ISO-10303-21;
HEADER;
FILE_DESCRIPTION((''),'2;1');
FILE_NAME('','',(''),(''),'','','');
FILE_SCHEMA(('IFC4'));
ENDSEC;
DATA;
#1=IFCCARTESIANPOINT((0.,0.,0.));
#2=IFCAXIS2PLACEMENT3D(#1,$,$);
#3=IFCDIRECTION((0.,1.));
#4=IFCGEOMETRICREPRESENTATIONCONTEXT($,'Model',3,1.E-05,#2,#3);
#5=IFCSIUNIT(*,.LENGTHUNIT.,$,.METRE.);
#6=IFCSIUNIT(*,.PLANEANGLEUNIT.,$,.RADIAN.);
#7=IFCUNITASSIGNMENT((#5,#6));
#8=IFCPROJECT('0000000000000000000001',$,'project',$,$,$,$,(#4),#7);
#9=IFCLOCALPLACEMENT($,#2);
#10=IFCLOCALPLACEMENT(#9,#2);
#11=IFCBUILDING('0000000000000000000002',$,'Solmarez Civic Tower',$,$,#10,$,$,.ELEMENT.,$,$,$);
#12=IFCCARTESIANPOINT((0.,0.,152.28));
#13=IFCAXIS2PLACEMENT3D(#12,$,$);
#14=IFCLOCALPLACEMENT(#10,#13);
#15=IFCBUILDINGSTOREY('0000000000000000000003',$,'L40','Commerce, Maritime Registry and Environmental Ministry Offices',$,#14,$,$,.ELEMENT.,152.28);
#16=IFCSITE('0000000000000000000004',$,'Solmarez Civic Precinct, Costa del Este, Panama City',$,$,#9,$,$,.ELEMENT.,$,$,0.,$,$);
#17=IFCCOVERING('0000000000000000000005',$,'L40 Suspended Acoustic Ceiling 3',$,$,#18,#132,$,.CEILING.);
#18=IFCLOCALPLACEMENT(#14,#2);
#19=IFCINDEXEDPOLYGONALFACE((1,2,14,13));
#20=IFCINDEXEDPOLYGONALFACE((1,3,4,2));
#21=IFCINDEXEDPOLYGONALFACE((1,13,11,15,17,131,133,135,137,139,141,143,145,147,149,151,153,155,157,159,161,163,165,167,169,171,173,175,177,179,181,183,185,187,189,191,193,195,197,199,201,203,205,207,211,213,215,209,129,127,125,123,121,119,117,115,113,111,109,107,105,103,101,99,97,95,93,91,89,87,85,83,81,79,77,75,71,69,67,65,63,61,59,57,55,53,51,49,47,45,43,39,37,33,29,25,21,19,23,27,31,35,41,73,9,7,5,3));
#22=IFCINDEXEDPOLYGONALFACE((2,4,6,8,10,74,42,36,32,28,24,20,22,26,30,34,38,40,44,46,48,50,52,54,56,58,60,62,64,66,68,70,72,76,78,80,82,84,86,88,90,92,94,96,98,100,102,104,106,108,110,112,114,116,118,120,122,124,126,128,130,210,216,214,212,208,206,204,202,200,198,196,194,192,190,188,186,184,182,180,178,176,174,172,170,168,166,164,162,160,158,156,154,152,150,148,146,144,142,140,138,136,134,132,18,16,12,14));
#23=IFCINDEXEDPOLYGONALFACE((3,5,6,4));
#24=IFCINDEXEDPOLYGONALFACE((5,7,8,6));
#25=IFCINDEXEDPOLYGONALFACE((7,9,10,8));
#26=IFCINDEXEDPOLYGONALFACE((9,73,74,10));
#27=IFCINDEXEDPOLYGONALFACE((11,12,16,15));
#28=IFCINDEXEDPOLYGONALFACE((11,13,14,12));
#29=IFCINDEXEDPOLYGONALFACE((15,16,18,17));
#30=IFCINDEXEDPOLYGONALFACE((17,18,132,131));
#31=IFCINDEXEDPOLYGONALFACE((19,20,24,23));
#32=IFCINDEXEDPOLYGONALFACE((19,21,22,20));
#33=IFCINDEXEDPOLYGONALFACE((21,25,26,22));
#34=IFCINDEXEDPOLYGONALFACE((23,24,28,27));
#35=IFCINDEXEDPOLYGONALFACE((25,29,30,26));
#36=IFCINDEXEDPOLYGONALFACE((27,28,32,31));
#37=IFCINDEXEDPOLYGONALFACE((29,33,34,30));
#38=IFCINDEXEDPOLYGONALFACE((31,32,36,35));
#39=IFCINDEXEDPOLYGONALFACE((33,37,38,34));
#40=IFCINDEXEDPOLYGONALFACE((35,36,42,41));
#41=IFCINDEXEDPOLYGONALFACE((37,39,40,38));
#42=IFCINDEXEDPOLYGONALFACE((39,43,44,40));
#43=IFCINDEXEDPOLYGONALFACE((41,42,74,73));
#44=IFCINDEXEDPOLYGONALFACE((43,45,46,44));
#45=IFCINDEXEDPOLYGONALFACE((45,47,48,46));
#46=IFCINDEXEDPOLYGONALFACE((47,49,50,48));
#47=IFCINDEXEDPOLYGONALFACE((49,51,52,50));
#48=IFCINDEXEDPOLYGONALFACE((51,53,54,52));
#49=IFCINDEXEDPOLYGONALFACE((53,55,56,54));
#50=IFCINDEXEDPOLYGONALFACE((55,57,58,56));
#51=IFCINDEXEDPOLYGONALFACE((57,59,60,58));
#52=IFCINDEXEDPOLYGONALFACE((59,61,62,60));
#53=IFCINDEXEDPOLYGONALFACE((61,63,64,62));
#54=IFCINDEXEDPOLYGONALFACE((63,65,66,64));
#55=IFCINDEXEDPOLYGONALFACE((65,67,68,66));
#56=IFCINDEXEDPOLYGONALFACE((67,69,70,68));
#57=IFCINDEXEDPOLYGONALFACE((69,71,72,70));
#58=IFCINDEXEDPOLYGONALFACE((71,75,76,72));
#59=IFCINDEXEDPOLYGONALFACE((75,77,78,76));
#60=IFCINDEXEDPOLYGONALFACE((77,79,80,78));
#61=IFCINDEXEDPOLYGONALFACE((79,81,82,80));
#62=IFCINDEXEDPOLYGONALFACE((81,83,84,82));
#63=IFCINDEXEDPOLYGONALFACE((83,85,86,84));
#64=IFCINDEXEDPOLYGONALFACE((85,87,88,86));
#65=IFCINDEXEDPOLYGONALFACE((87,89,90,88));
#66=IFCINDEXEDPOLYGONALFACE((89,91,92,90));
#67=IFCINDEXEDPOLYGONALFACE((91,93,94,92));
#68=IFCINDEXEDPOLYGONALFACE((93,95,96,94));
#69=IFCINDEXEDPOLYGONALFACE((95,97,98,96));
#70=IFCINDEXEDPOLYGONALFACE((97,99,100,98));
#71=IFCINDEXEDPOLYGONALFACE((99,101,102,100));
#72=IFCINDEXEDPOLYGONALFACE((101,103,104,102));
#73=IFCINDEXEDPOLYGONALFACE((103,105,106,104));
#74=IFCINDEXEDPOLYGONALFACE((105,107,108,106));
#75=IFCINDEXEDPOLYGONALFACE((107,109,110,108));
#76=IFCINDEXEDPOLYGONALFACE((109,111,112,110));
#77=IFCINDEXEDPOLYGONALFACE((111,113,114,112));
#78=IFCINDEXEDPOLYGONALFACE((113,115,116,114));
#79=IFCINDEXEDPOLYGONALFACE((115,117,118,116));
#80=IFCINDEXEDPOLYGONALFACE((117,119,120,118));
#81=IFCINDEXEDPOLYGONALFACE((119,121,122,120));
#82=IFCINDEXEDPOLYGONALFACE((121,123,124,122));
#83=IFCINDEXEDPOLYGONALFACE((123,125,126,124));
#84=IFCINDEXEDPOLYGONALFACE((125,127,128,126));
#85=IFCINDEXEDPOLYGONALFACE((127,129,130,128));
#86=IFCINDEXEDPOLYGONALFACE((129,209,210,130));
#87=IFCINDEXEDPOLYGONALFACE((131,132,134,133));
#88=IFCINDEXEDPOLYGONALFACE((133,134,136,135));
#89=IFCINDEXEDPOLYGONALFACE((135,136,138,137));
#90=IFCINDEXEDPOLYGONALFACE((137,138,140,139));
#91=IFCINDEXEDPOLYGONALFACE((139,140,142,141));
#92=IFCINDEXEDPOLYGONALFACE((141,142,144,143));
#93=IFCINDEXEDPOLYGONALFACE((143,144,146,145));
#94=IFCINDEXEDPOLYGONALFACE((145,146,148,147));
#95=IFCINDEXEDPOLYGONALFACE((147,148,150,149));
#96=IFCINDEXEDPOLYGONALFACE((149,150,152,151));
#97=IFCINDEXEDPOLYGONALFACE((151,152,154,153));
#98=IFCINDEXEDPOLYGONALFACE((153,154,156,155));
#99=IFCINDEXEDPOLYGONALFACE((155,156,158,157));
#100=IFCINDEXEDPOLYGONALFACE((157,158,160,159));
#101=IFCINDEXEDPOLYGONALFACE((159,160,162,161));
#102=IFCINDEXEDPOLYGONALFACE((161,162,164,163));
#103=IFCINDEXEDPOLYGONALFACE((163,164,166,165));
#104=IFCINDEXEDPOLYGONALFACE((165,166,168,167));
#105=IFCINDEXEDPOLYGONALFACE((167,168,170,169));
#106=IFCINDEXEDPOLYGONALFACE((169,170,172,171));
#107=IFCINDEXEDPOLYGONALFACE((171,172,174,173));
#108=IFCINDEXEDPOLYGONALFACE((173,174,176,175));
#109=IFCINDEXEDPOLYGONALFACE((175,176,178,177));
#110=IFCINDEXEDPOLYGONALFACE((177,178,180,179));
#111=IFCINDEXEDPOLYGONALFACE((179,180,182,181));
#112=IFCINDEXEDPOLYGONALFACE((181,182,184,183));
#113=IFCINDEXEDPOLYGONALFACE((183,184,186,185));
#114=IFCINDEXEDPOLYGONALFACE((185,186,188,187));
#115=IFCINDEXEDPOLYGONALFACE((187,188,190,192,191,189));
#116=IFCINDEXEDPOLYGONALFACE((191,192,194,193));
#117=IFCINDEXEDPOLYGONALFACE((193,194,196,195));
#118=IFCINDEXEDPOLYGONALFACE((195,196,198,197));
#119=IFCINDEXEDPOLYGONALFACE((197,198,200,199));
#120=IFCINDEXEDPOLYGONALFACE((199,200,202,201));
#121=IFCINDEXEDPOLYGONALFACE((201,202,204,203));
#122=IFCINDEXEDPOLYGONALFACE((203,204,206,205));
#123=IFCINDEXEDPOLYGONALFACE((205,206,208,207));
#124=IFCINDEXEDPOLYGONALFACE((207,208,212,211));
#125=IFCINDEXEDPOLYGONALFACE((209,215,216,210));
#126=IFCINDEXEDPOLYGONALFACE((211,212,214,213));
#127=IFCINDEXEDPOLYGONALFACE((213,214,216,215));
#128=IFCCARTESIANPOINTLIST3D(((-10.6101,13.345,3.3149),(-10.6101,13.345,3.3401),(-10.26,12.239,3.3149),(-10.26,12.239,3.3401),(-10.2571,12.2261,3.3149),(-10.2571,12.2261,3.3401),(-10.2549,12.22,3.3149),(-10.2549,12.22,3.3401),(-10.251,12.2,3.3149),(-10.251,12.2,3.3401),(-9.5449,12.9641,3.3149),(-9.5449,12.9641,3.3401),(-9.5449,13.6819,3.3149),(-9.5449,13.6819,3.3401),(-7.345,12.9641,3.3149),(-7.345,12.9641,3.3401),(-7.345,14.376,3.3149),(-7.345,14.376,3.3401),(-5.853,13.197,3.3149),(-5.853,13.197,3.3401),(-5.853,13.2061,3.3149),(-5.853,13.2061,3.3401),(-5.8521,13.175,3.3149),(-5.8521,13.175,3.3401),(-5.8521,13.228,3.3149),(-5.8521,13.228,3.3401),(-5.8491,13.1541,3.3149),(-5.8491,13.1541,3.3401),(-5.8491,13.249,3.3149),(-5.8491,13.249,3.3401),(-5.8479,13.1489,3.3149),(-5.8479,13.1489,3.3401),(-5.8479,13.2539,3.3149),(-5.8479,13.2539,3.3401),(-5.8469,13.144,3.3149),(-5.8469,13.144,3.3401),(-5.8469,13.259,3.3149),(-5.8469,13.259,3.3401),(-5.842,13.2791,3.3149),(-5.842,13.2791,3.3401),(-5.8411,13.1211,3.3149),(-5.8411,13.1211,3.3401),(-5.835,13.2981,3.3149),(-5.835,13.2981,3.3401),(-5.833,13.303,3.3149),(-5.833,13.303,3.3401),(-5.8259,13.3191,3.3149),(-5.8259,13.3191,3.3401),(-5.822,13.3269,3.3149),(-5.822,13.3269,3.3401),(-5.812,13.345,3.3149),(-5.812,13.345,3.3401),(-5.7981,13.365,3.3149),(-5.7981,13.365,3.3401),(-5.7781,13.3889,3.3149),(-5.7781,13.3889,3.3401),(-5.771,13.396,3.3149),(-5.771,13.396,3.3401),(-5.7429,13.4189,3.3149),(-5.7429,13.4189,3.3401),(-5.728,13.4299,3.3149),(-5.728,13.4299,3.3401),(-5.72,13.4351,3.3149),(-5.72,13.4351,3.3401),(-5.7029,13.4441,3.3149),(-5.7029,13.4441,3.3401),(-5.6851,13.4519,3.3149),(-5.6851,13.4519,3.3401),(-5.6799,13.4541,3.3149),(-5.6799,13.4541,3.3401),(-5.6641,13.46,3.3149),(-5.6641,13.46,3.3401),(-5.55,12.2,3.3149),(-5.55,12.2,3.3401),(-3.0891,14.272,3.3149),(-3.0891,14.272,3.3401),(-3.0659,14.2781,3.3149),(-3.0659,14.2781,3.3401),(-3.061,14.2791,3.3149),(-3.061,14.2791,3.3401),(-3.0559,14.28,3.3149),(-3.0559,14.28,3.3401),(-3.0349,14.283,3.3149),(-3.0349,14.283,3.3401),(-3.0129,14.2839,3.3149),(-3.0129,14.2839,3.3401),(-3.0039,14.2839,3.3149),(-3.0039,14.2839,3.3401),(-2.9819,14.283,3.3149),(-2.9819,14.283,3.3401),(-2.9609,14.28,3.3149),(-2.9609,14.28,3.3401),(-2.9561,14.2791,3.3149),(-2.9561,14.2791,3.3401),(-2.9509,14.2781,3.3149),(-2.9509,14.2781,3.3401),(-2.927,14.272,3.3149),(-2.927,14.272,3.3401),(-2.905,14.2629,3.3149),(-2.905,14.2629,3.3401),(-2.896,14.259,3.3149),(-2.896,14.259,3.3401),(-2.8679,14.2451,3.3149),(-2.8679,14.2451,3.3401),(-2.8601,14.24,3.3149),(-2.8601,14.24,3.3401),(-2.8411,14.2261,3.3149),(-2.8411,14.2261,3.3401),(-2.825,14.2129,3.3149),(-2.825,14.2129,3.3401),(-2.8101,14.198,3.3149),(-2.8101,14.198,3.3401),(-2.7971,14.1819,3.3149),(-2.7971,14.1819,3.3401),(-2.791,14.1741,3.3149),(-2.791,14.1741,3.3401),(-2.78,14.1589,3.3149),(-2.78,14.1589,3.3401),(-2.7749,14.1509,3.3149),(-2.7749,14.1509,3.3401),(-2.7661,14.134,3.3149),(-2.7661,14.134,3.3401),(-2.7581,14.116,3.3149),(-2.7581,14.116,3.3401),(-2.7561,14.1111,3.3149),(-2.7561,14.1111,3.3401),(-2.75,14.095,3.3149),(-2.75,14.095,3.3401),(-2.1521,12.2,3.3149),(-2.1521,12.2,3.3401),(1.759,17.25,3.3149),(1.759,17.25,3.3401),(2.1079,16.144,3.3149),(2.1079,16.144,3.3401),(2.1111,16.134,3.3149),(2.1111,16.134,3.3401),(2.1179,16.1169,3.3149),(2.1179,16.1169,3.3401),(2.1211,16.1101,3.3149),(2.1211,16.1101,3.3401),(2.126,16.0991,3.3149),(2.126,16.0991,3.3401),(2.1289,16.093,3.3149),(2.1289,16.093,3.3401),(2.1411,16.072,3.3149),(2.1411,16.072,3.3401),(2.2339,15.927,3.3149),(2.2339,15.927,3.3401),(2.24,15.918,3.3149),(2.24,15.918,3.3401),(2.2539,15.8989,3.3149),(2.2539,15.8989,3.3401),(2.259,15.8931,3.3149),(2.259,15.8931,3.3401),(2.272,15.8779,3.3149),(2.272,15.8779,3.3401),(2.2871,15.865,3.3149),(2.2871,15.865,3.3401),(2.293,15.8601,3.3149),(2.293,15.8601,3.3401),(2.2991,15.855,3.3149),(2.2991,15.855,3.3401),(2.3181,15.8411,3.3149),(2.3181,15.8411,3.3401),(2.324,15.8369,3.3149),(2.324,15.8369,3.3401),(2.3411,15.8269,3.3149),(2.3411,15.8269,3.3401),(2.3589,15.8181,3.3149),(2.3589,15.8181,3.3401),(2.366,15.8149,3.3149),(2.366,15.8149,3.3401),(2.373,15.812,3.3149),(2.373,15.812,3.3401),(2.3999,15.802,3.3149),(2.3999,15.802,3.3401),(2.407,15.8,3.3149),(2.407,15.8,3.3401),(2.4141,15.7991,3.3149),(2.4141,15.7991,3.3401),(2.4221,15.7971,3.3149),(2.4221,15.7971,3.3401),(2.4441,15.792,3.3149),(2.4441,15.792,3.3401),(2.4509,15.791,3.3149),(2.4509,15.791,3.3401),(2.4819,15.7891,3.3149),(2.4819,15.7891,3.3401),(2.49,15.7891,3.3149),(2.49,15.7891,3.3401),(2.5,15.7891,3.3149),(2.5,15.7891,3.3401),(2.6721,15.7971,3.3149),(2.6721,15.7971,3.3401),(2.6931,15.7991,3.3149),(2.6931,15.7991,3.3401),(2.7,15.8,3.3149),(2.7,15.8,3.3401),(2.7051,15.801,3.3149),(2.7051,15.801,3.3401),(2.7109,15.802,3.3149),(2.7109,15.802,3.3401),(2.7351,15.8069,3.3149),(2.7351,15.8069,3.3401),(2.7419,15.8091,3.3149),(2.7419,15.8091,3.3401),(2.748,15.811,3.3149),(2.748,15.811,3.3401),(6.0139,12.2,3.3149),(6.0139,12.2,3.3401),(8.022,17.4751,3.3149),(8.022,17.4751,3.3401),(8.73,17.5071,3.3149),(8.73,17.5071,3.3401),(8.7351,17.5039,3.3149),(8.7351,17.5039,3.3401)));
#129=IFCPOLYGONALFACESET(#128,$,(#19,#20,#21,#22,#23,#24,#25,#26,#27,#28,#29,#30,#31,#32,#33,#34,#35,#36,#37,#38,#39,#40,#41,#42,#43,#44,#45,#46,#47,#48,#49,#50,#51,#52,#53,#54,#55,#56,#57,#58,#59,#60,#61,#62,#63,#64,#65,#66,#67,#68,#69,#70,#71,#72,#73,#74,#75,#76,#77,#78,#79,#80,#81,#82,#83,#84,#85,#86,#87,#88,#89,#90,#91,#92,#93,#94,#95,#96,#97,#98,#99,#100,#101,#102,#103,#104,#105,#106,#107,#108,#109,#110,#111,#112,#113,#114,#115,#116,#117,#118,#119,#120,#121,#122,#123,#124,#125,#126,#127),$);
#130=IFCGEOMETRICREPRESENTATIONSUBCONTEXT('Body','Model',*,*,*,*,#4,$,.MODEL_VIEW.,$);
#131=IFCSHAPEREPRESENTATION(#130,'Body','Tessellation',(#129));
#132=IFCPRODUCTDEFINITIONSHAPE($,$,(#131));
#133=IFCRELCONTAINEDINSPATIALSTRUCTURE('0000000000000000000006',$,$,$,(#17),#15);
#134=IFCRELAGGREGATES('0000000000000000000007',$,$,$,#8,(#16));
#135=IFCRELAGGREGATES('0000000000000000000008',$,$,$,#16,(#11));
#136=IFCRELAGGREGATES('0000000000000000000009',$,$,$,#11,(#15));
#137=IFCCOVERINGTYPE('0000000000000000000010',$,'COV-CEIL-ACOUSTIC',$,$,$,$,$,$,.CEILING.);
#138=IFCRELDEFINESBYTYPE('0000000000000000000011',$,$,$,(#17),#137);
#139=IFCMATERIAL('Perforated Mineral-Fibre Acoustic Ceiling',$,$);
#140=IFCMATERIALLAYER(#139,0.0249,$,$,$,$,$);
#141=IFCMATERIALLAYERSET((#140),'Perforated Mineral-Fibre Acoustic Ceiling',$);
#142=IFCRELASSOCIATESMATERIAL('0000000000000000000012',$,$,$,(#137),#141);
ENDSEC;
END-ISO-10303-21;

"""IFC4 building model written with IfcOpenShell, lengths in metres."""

from ifc_helpers import new_model, si_unit, direction, frame, origin, place, context, subcontext, project, spatial, polyline, outline, extrude, material, layer, layer_set, type_object, element, save


model = new_model("IFC4")

# Units and contexts
model_context = context("Model", 3, precision=1e-05, world=origin(), true_north=direction((0.0, 1.0)))
body_context = subcontext(model_context, "Body", "Model", "MODEL_VIEW")
ifc_project = project(units=[si_unit("LENGTHUNIT", "METRE"), si_unit("PLANEANGLEUNIT", "RADIAN")], contexts=[model_context])

# Site, building, storey
site_placement = place(None, origin())
site = spatial("IfcSite", under=ifc_project, at=site_placement, Name="Solmarez Civic Precinct, Costa del Este, Panama City", CompositionType="ELEMENT", RefElevation=0.0)
building_placement = place(site_placement, origin())
building = spatial("IfcBuilding", under=site, at=building_placement, Name="Solmarez Civic Tower", CompositionType="ELEMENT")
storey_placement = place(building_placement, frame((0.0, 0.0, 152.28)))
storey = spatial("IfcBuildingStorey", under=building, at=storey_placement, Name="L40", Description="Commerce, Maritime Registry and Environmental Ministry Offices", CompositionType="ELEMENT", Elevation=152.28)

# Covering
ifc_material_1 = material(Name="Perforated Mineral-Fibre Acoustic Ceiling")
ifc_layer_1 = layer(ifc_material_1, 0.0249)
ifc_layer_set_1 = layer_set([ifc_layer_1], Name="Perforated Mineral-Fibre Acoustic Ceiling")
covering_type_1 = type_object("IfcCoveringType", Name="COV-CEIL-ACOUSTIC", PredefinedType="CEILING", material=ifc_layer_set_1)
covering_1_placement = place(storey_placement, frame((0.0, 0.0, 3.3149)))
element("IfcCovering", 1, at=covering_1_placement, inside=storey, type_object=covering_type_1, Name="L40 Suspended Acoustic Ceiling 3", PredefinedType="CEILING", context=body_context, shape_type="SweptSolid", body=[
    extrude(outline(polyline([(-10.6101, 13.345), (-10.26, 12.239), (-10.2571, 12.2261), (-10.2549, 12.22), (-10.251, 12.2), (-5.55, 12.2), (-5.8411, 13.1211), (-5.8469, 13.144), (-5.8479, 13.1489), (-5.8491, 13.1541), (-5.8521, 13.175), (-5.853, 13.197), (-5.853, 13.2061), (-5.8521, 13.228), (-5.8491, 13.249), (-5.8479, 13.2539), (-5.8469, 13.259), (-5.842, 13.2791), (-5.835, 13.2981), (-5.833, 13.303), (-5.8259, 13.3191), (-5.822, 13.3269), (-5.812, 13.345), (-5.7981, 13.365), (-5.7781, 13.3889), (-5.771, 13.396), (-5.7429, 13.4189), (-5.728, 13.4299), (-5.72, 13.4351), (-5.7029, 13.4441), (-5.6851, 13.4519), (-5.6799, 13.4541), (-5.6641, 13.46), (-3.0891, 14.272), (-3.0659, 14.2781), (-3.061, 14.2791), (-3.0559, 14.28), (-3.0349, 14.283), (-3.0129, 14.2839), (-3.0039, 14.2839), (-2.9819, 14.283), (-2.9609, 14.28), (-2.9561, 14.2791), (-2.9509, 14.2781), (-2.927, 14.272), (-2.905, 14.2629), (-2.896, 14.259), (-2.8679, 14.2451), (-2.8601, 14.24), (-2.8411, 14.2261), (-2.825, 14.2129), (-2.8101, 14.198), (-2.7971, 14.1819), (-2.791, 14.1741), (-2.78, 14.1589), (-2.7749, 14.1509), (-2.7661, 14.134), (-2.7581, 14.116), (-2.7561, 14.1111), (-2.75, 14.095), (-2.1521, 12.2), (6.0139, 12.2), (8.7351, 17.5039), (8.73, 17.5071), (8.022, 17.4751), (2.748, 15.811), (2.7419, 15.8091), (2.7351, 15.8069), (2.7109, 15.802), (2.7051, 15.801), (2.7, 15.8), (2.6931, 15.7991), (2.6721, 15.7971), (2.5, 15.7891), (2.49, 15.7891), (2.4819, 15.7891), (2.4509, 15.791), (2.4441, 15.792), (2.4221, 15.7971), (2.4141, 15.7991), (2.407, 15.8), (2.3999, 15.802), (2.373, 15.812), (2.366, 15.8149), (2.3589, 15.8181), (2.3411, 15.8269), (2.324, 15.8369), (2.3181, 15.8411), (2.2991, 15.855), (2.293, 15.8601), (2.2871, 15.865), (2.272, 15.8779), (2.259, 15.8931), (2.2539, 15.8989), (2.24, 15.918), (2.2339, 15.927), (2.1411, 16.072), (2.1289, 16.093), (2.126, 16.0991), (2.1211, 16.1101), (2.1179, 16.1169), (2.1111, 16.134), (2.1079, 16.144), (1.759, 17.25), (-7.345, 14.376), (-7.345, 12.9641), (-9.5449, 12.9641), (-9.5449, 13.6819), (-10.6101, 13.345)])), origin(), (0.0, 0.0, 1.0), 0.0251),
])

save(model, "model.ifc")
